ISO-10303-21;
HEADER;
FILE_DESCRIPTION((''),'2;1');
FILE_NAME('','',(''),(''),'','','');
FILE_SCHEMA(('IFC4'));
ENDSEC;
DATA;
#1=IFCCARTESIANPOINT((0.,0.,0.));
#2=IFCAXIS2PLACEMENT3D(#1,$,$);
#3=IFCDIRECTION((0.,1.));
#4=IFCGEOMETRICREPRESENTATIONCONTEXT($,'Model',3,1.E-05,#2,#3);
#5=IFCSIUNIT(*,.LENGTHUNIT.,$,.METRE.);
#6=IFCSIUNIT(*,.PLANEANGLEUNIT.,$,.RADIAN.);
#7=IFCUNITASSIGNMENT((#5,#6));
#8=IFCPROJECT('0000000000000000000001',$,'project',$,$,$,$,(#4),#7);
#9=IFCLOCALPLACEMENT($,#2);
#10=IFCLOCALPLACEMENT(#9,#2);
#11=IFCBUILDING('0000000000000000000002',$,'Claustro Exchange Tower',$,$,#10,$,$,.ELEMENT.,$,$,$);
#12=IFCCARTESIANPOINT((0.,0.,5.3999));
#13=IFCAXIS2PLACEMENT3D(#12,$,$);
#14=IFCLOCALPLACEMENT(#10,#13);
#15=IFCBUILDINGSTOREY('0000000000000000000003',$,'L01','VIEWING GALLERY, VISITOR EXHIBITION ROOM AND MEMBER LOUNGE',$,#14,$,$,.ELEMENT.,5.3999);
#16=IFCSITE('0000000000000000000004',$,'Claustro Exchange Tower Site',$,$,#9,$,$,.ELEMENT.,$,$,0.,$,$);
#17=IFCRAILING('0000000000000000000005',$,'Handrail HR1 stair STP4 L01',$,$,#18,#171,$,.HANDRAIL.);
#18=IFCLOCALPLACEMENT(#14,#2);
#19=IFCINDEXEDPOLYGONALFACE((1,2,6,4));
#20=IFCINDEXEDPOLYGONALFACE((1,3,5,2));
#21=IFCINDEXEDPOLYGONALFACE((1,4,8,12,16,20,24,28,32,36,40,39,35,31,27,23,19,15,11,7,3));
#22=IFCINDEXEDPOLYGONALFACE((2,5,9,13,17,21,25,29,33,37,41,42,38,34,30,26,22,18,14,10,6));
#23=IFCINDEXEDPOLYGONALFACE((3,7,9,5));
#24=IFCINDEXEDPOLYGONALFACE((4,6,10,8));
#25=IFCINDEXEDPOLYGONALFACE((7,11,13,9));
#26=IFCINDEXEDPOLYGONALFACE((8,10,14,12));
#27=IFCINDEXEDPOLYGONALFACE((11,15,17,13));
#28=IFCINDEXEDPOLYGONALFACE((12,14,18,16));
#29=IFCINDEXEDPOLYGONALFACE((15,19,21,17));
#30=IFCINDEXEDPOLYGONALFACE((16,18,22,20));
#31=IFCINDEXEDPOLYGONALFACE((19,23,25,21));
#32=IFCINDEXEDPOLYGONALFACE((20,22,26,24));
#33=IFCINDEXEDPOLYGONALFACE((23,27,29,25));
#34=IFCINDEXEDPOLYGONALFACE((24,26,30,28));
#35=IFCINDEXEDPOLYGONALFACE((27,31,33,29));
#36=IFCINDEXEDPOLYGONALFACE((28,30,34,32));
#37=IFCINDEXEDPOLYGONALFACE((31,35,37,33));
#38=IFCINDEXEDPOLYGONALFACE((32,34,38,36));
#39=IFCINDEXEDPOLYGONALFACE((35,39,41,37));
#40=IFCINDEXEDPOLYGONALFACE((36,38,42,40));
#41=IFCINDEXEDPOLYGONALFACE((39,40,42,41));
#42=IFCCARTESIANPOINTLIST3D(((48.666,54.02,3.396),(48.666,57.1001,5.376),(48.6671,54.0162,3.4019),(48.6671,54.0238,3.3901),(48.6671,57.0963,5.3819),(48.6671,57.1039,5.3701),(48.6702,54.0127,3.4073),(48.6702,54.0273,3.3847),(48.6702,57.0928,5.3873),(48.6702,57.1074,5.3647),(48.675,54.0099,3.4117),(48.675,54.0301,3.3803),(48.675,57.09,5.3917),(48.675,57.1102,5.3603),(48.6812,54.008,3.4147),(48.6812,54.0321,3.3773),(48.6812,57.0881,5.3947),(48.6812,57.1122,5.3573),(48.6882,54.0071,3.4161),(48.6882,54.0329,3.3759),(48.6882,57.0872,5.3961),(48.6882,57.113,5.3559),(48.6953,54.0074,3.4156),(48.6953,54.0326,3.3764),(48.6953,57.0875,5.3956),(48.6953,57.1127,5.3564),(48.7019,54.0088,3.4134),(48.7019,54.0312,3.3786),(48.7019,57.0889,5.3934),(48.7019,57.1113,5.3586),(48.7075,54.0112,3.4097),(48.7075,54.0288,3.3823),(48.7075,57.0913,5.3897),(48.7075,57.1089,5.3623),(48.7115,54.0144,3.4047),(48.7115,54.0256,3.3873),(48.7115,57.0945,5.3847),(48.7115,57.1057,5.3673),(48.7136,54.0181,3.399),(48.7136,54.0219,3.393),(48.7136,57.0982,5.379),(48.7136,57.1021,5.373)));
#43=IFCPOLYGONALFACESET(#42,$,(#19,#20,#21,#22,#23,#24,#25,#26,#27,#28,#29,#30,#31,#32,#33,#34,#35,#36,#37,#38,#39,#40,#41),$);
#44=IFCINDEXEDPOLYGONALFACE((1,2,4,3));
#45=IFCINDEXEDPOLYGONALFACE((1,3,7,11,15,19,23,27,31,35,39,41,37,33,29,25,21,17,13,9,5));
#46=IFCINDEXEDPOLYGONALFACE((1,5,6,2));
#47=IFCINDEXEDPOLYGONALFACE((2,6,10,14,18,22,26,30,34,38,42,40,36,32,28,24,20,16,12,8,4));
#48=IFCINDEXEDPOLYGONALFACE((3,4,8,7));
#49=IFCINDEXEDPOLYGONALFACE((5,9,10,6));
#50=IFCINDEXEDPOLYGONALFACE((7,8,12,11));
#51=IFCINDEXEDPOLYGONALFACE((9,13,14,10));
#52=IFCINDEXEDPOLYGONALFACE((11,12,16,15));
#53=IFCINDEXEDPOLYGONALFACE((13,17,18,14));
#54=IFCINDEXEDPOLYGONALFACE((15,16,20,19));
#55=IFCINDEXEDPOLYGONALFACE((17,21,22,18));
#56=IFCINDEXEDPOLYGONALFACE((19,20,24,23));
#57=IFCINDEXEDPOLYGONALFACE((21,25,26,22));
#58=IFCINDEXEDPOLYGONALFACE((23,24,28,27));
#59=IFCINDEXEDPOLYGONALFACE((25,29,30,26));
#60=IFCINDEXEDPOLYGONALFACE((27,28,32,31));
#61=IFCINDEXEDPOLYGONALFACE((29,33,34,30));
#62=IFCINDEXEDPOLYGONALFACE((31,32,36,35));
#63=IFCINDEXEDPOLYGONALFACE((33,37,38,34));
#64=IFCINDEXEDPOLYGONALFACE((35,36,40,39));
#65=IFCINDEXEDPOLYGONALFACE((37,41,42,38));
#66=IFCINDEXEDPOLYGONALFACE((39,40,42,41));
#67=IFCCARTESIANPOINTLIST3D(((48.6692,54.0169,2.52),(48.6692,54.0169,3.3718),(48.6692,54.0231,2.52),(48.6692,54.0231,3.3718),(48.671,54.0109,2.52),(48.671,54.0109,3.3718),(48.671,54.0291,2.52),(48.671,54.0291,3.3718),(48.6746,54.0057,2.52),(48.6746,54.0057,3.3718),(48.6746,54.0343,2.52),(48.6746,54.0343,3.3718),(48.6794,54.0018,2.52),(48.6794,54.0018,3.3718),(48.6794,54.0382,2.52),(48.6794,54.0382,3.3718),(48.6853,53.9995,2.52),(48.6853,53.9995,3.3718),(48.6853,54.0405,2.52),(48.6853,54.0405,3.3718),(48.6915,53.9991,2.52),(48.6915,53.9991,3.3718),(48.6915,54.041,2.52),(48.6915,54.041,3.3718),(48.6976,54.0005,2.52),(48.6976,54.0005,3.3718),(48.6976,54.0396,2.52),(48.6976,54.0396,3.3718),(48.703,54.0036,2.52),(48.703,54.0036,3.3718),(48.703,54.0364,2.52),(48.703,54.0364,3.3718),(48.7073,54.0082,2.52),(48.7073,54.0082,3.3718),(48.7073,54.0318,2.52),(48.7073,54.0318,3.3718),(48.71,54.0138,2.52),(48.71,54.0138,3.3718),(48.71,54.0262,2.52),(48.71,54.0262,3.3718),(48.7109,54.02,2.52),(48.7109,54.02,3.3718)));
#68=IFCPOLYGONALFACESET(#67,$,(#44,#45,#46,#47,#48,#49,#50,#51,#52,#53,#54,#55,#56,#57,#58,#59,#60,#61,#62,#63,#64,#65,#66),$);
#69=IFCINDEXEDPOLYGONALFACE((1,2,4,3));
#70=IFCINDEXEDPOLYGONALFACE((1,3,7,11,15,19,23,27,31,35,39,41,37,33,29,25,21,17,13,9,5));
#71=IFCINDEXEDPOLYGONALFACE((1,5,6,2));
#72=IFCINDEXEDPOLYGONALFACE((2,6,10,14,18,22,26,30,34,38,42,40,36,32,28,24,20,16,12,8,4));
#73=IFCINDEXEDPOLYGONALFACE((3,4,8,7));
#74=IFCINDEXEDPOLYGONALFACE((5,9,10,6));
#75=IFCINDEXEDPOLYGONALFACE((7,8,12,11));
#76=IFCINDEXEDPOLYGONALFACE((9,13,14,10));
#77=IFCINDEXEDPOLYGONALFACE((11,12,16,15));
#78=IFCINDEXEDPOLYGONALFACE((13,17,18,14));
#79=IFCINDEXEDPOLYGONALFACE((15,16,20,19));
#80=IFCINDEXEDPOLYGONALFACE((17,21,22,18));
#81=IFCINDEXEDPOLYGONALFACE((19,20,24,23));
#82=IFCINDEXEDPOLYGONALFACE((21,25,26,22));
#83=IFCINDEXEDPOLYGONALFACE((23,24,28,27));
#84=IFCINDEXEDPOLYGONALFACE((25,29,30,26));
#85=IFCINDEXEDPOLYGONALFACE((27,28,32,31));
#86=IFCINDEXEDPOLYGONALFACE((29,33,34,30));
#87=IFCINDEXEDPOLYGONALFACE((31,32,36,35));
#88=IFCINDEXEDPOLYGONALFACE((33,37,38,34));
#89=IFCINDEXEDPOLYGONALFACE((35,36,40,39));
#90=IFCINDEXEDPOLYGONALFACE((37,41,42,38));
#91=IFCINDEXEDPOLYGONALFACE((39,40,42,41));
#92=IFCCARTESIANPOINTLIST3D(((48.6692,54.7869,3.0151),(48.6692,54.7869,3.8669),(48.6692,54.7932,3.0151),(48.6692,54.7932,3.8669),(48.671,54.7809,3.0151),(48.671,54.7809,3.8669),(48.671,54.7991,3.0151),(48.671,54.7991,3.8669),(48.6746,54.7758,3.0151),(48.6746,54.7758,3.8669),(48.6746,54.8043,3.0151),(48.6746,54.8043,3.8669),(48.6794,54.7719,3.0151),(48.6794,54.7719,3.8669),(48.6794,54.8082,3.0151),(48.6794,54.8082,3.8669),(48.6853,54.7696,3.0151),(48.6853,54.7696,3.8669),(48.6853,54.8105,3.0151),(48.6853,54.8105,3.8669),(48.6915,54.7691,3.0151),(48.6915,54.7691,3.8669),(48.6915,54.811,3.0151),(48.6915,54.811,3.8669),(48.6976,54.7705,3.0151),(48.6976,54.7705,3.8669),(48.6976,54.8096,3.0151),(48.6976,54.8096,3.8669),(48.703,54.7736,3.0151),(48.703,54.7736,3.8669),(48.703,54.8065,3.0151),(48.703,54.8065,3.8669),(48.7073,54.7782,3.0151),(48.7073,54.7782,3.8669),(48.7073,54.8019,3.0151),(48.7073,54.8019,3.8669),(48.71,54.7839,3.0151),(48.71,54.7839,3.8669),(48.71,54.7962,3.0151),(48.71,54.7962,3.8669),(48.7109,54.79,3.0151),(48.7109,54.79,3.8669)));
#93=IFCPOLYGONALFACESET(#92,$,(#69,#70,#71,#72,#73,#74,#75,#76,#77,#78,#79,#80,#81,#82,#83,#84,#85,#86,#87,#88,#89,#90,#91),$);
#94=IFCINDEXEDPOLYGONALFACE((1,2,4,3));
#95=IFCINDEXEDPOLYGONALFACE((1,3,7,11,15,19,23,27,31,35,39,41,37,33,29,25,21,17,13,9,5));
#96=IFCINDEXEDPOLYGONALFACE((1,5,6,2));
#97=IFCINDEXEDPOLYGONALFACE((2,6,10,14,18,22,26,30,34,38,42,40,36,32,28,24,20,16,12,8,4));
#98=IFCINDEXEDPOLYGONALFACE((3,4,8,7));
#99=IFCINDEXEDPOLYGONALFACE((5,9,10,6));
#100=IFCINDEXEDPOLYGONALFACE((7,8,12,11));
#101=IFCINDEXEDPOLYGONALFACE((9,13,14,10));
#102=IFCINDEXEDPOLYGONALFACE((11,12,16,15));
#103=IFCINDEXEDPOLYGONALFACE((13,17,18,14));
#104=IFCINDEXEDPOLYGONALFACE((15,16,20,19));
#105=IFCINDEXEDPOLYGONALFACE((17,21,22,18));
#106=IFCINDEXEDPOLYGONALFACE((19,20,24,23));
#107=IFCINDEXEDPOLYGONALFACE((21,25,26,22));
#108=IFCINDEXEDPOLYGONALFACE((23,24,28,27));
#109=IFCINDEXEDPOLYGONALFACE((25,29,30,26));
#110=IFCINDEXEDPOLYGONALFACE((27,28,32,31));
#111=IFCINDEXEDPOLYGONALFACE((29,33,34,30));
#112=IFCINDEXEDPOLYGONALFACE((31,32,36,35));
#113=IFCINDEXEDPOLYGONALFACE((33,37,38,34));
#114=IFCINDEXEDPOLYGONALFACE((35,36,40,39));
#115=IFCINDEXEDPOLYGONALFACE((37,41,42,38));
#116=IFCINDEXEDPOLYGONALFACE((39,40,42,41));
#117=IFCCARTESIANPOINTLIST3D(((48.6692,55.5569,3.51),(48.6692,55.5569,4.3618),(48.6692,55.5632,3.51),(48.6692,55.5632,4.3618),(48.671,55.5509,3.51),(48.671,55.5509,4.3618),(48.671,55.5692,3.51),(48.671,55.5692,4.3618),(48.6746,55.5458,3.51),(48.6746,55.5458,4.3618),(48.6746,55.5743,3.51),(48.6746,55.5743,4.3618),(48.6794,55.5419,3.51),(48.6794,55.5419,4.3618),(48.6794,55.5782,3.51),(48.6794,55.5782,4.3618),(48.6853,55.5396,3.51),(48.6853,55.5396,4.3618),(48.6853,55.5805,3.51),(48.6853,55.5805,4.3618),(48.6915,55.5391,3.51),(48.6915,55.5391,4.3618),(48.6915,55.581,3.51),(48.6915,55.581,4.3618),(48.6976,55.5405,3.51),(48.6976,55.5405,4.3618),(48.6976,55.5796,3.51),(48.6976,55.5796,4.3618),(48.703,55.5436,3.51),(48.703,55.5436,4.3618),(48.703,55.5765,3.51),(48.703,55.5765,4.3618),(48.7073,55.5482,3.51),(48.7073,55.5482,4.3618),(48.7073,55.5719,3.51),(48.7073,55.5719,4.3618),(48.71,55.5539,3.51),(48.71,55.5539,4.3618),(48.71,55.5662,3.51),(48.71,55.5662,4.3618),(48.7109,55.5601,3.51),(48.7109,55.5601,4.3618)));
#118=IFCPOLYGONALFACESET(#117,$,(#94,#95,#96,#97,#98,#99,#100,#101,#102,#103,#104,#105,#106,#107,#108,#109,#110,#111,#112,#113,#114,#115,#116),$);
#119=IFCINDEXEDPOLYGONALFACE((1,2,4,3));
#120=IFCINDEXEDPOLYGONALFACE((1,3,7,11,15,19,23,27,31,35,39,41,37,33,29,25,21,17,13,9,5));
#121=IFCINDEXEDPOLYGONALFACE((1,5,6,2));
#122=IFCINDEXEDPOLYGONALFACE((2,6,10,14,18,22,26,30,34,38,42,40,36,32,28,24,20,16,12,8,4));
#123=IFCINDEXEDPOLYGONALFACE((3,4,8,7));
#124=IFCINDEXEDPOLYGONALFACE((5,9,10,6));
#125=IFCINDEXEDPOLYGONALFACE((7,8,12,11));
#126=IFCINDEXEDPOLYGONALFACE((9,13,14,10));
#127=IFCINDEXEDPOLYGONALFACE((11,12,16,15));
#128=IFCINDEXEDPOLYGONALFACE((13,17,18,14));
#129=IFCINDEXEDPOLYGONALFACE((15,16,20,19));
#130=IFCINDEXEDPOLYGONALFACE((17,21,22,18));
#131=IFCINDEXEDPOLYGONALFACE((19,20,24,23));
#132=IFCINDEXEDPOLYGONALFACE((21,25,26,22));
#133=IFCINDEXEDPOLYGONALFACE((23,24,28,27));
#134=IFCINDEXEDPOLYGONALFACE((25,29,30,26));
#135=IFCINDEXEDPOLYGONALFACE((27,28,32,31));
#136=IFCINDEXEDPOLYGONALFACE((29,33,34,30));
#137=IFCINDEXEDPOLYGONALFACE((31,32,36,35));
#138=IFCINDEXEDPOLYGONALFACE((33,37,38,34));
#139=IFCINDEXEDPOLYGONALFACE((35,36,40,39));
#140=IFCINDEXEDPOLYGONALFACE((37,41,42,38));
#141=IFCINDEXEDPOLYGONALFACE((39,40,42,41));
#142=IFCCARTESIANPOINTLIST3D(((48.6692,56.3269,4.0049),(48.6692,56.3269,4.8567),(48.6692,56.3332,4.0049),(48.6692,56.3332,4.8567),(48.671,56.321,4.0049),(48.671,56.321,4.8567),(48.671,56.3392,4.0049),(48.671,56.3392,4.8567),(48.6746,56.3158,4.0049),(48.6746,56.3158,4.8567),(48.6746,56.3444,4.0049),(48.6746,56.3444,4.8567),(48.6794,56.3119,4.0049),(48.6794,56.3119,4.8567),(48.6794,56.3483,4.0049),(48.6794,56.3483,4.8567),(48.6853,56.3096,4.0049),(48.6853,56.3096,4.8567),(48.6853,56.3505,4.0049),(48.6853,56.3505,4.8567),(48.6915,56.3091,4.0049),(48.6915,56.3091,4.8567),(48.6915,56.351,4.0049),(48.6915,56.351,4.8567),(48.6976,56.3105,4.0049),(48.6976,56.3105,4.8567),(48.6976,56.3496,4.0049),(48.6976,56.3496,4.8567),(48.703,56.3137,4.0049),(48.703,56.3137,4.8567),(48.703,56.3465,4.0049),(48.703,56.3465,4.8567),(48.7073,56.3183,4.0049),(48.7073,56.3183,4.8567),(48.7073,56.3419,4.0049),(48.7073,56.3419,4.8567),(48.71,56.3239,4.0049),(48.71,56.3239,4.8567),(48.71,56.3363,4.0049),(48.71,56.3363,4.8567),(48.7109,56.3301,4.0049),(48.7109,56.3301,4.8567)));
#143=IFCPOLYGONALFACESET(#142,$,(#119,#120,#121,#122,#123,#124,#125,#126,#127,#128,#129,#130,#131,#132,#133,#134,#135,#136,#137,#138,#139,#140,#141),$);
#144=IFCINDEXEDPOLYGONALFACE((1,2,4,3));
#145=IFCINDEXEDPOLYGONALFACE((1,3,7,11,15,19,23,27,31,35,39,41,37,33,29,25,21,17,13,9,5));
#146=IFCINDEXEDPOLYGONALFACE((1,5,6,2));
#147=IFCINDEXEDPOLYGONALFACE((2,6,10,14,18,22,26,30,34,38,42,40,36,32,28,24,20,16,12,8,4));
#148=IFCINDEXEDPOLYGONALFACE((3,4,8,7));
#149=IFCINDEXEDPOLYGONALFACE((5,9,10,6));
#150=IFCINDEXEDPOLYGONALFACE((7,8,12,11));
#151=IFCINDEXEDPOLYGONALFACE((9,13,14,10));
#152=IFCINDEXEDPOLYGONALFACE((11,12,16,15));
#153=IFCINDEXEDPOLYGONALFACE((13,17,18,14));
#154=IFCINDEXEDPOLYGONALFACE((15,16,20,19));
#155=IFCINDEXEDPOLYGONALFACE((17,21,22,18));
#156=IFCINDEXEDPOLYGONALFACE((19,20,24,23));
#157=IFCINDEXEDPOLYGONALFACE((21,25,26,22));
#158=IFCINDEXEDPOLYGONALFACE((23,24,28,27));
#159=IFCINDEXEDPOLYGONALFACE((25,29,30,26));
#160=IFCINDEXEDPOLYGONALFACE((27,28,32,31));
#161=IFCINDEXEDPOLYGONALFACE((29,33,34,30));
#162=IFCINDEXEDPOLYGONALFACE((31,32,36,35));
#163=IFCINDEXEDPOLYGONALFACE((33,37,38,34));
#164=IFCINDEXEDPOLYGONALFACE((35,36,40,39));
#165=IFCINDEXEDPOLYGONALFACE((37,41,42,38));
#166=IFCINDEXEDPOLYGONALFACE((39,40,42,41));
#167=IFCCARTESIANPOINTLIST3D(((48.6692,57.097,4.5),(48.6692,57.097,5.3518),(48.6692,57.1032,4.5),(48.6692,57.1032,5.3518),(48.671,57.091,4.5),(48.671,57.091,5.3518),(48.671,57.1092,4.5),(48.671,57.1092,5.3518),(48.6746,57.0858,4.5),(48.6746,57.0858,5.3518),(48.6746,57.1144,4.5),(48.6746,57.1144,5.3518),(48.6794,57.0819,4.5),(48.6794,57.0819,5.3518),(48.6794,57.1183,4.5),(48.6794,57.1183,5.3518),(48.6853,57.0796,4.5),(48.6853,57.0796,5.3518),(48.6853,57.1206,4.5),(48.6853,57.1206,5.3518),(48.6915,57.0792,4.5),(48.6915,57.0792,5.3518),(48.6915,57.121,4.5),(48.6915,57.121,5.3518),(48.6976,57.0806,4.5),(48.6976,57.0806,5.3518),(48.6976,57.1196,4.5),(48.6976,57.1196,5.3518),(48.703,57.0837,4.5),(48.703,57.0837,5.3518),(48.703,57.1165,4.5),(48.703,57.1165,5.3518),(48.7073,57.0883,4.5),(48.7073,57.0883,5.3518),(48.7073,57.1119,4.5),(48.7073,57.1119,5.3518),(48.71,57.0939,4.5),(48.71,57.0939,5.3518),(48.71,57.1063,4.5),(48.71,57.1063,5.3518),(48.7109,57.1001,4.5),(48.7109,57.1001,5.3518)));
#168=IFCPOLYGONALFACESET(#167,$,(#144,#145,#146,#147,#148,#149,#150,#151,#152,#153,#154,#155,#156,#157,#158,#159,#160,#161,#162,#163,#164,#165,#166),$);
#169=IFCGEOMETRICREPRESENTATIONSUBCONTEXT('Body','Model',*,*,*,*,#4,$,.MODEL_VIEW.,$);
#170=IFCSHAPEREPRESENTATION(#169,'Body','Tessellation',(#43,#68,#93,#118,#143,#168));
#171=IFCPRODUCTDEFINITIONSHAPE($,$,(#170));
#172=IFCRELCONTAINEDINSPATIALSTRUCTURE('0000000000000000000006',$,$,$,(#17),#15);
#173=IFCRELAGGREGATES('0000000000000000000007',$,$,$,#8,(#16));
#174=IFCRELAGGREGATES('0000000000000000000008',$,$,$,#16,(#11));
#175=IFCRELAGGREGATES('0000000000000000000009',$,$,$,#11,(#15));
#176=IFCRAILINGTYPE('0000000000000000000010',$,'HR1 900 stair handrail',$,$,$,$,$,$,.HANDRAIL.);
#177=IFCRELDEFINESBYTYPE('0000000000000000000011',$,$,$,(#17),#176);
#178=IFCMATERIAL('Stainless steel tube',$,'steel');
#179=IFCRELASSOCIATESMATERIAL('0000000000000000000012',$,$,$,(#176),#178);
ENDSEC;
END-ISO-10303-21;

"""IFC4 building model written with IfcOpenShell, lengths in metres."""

from ifc_helpers import new_model, si_unit, direction, frame, origin, origin_2d, place, context, subcontext, project, spatial, circle, extrude, material, type_object, element, save


model = new_model("IFC4")

# Units and contexts
model_context = context("Model", 3, precision=1e-05, world=origin(), true_north=direction((0.0, 1.0)))
body_context = subcontext(model_context, "Body", "Model", "MODEL_VIEW")
ifc_project = project(units=[si_unit("LENGTHUNIT", "METRE"), si_unit("PLANEANGLEUNIT", "RADIAN")], contexts=[model_context])

# Site, building, storey
site_placement = place(None, origin())
site = spatial("IfcSite", under=ifc_project, at=site_placement, Name="Claustro Exchange Tower Site", CompositionType="ELEMENT", RefElevation=0.0)
building_placement = place(site_placement, origin())
building = spatial("IfcBuilding", under=site, at=building_placement, Name="Claustro Exchange Tower", CompositionType="ELEMENT")
storey_placement = place(building_placement, frame((0.0, 0.0, 5.3999)))
storey = spatial("IfcBuildingStorey", under=building, at=storey_placement, Name="L01", Description="VIEWING GALLERY, VISITOR EXHIBITION ROOM AND MEMBER LOUNGE", CompositionType="ELEMENT", Elevation=5.3999)

# Railing
ifc_material_1 = material(Name="Stainless steel tube", Category="steel")
railing_type_1 = type_object("IfcRailingType", Name="HR1 900 stair handrail", PredefinedType="HANDRAIL", material=ifc_material_1)
railing_1_placement = place(storey_placement, frame((48.6899, 54.02, 2.52)))
element("IfcRailing", 1, at=railing_1_placement, inside=storey, type_object=railing_type_1, Name="Handrail HR1 stair STP4 L01", PredefinedType="HANDRAIL", context=body_context, shape_type="SweptSolid", body=[
    extrude(circle(Radius=0.0239, at=origin_2d()), frame((0.0, 0.0, 0.876), z_axis=(0.0, 0.841187, 0.540744), x_axis=(-1.0, 0.0, 0.0)), (0.0, 0.0, 1.0), 3.6616),
    extrude(circle(Radius=0.021, at=origin_2d()), origin(), (0.0, 0.0, 1.0), 0.8518),
    extrude(circle(Radius=0.021, at=origin_2d()), frame((0.0, 0.77, 0.4951)), (0.0, 0.0, 1.0), 0.8518),
    extrude(circle(Radius=0.021, at=origin_2d()), frame((0.0, 1.54, 0.99)), (0.0, 0.0, 1.0), 0.8518),
    extrude(circle(Radius=0.021, at=origin_2d()), frame((0.0, 2.3101, 1.4849)), (0.0, 0.0, 1.0), 0.8518),
    extrude(circle(Radius=0.021, at=origin_2d()), frame((0.0, 3.0801, 1.98)), (0.0, 0.0, 1.0), 0.8518),
])

save(model, "model.ifc")
